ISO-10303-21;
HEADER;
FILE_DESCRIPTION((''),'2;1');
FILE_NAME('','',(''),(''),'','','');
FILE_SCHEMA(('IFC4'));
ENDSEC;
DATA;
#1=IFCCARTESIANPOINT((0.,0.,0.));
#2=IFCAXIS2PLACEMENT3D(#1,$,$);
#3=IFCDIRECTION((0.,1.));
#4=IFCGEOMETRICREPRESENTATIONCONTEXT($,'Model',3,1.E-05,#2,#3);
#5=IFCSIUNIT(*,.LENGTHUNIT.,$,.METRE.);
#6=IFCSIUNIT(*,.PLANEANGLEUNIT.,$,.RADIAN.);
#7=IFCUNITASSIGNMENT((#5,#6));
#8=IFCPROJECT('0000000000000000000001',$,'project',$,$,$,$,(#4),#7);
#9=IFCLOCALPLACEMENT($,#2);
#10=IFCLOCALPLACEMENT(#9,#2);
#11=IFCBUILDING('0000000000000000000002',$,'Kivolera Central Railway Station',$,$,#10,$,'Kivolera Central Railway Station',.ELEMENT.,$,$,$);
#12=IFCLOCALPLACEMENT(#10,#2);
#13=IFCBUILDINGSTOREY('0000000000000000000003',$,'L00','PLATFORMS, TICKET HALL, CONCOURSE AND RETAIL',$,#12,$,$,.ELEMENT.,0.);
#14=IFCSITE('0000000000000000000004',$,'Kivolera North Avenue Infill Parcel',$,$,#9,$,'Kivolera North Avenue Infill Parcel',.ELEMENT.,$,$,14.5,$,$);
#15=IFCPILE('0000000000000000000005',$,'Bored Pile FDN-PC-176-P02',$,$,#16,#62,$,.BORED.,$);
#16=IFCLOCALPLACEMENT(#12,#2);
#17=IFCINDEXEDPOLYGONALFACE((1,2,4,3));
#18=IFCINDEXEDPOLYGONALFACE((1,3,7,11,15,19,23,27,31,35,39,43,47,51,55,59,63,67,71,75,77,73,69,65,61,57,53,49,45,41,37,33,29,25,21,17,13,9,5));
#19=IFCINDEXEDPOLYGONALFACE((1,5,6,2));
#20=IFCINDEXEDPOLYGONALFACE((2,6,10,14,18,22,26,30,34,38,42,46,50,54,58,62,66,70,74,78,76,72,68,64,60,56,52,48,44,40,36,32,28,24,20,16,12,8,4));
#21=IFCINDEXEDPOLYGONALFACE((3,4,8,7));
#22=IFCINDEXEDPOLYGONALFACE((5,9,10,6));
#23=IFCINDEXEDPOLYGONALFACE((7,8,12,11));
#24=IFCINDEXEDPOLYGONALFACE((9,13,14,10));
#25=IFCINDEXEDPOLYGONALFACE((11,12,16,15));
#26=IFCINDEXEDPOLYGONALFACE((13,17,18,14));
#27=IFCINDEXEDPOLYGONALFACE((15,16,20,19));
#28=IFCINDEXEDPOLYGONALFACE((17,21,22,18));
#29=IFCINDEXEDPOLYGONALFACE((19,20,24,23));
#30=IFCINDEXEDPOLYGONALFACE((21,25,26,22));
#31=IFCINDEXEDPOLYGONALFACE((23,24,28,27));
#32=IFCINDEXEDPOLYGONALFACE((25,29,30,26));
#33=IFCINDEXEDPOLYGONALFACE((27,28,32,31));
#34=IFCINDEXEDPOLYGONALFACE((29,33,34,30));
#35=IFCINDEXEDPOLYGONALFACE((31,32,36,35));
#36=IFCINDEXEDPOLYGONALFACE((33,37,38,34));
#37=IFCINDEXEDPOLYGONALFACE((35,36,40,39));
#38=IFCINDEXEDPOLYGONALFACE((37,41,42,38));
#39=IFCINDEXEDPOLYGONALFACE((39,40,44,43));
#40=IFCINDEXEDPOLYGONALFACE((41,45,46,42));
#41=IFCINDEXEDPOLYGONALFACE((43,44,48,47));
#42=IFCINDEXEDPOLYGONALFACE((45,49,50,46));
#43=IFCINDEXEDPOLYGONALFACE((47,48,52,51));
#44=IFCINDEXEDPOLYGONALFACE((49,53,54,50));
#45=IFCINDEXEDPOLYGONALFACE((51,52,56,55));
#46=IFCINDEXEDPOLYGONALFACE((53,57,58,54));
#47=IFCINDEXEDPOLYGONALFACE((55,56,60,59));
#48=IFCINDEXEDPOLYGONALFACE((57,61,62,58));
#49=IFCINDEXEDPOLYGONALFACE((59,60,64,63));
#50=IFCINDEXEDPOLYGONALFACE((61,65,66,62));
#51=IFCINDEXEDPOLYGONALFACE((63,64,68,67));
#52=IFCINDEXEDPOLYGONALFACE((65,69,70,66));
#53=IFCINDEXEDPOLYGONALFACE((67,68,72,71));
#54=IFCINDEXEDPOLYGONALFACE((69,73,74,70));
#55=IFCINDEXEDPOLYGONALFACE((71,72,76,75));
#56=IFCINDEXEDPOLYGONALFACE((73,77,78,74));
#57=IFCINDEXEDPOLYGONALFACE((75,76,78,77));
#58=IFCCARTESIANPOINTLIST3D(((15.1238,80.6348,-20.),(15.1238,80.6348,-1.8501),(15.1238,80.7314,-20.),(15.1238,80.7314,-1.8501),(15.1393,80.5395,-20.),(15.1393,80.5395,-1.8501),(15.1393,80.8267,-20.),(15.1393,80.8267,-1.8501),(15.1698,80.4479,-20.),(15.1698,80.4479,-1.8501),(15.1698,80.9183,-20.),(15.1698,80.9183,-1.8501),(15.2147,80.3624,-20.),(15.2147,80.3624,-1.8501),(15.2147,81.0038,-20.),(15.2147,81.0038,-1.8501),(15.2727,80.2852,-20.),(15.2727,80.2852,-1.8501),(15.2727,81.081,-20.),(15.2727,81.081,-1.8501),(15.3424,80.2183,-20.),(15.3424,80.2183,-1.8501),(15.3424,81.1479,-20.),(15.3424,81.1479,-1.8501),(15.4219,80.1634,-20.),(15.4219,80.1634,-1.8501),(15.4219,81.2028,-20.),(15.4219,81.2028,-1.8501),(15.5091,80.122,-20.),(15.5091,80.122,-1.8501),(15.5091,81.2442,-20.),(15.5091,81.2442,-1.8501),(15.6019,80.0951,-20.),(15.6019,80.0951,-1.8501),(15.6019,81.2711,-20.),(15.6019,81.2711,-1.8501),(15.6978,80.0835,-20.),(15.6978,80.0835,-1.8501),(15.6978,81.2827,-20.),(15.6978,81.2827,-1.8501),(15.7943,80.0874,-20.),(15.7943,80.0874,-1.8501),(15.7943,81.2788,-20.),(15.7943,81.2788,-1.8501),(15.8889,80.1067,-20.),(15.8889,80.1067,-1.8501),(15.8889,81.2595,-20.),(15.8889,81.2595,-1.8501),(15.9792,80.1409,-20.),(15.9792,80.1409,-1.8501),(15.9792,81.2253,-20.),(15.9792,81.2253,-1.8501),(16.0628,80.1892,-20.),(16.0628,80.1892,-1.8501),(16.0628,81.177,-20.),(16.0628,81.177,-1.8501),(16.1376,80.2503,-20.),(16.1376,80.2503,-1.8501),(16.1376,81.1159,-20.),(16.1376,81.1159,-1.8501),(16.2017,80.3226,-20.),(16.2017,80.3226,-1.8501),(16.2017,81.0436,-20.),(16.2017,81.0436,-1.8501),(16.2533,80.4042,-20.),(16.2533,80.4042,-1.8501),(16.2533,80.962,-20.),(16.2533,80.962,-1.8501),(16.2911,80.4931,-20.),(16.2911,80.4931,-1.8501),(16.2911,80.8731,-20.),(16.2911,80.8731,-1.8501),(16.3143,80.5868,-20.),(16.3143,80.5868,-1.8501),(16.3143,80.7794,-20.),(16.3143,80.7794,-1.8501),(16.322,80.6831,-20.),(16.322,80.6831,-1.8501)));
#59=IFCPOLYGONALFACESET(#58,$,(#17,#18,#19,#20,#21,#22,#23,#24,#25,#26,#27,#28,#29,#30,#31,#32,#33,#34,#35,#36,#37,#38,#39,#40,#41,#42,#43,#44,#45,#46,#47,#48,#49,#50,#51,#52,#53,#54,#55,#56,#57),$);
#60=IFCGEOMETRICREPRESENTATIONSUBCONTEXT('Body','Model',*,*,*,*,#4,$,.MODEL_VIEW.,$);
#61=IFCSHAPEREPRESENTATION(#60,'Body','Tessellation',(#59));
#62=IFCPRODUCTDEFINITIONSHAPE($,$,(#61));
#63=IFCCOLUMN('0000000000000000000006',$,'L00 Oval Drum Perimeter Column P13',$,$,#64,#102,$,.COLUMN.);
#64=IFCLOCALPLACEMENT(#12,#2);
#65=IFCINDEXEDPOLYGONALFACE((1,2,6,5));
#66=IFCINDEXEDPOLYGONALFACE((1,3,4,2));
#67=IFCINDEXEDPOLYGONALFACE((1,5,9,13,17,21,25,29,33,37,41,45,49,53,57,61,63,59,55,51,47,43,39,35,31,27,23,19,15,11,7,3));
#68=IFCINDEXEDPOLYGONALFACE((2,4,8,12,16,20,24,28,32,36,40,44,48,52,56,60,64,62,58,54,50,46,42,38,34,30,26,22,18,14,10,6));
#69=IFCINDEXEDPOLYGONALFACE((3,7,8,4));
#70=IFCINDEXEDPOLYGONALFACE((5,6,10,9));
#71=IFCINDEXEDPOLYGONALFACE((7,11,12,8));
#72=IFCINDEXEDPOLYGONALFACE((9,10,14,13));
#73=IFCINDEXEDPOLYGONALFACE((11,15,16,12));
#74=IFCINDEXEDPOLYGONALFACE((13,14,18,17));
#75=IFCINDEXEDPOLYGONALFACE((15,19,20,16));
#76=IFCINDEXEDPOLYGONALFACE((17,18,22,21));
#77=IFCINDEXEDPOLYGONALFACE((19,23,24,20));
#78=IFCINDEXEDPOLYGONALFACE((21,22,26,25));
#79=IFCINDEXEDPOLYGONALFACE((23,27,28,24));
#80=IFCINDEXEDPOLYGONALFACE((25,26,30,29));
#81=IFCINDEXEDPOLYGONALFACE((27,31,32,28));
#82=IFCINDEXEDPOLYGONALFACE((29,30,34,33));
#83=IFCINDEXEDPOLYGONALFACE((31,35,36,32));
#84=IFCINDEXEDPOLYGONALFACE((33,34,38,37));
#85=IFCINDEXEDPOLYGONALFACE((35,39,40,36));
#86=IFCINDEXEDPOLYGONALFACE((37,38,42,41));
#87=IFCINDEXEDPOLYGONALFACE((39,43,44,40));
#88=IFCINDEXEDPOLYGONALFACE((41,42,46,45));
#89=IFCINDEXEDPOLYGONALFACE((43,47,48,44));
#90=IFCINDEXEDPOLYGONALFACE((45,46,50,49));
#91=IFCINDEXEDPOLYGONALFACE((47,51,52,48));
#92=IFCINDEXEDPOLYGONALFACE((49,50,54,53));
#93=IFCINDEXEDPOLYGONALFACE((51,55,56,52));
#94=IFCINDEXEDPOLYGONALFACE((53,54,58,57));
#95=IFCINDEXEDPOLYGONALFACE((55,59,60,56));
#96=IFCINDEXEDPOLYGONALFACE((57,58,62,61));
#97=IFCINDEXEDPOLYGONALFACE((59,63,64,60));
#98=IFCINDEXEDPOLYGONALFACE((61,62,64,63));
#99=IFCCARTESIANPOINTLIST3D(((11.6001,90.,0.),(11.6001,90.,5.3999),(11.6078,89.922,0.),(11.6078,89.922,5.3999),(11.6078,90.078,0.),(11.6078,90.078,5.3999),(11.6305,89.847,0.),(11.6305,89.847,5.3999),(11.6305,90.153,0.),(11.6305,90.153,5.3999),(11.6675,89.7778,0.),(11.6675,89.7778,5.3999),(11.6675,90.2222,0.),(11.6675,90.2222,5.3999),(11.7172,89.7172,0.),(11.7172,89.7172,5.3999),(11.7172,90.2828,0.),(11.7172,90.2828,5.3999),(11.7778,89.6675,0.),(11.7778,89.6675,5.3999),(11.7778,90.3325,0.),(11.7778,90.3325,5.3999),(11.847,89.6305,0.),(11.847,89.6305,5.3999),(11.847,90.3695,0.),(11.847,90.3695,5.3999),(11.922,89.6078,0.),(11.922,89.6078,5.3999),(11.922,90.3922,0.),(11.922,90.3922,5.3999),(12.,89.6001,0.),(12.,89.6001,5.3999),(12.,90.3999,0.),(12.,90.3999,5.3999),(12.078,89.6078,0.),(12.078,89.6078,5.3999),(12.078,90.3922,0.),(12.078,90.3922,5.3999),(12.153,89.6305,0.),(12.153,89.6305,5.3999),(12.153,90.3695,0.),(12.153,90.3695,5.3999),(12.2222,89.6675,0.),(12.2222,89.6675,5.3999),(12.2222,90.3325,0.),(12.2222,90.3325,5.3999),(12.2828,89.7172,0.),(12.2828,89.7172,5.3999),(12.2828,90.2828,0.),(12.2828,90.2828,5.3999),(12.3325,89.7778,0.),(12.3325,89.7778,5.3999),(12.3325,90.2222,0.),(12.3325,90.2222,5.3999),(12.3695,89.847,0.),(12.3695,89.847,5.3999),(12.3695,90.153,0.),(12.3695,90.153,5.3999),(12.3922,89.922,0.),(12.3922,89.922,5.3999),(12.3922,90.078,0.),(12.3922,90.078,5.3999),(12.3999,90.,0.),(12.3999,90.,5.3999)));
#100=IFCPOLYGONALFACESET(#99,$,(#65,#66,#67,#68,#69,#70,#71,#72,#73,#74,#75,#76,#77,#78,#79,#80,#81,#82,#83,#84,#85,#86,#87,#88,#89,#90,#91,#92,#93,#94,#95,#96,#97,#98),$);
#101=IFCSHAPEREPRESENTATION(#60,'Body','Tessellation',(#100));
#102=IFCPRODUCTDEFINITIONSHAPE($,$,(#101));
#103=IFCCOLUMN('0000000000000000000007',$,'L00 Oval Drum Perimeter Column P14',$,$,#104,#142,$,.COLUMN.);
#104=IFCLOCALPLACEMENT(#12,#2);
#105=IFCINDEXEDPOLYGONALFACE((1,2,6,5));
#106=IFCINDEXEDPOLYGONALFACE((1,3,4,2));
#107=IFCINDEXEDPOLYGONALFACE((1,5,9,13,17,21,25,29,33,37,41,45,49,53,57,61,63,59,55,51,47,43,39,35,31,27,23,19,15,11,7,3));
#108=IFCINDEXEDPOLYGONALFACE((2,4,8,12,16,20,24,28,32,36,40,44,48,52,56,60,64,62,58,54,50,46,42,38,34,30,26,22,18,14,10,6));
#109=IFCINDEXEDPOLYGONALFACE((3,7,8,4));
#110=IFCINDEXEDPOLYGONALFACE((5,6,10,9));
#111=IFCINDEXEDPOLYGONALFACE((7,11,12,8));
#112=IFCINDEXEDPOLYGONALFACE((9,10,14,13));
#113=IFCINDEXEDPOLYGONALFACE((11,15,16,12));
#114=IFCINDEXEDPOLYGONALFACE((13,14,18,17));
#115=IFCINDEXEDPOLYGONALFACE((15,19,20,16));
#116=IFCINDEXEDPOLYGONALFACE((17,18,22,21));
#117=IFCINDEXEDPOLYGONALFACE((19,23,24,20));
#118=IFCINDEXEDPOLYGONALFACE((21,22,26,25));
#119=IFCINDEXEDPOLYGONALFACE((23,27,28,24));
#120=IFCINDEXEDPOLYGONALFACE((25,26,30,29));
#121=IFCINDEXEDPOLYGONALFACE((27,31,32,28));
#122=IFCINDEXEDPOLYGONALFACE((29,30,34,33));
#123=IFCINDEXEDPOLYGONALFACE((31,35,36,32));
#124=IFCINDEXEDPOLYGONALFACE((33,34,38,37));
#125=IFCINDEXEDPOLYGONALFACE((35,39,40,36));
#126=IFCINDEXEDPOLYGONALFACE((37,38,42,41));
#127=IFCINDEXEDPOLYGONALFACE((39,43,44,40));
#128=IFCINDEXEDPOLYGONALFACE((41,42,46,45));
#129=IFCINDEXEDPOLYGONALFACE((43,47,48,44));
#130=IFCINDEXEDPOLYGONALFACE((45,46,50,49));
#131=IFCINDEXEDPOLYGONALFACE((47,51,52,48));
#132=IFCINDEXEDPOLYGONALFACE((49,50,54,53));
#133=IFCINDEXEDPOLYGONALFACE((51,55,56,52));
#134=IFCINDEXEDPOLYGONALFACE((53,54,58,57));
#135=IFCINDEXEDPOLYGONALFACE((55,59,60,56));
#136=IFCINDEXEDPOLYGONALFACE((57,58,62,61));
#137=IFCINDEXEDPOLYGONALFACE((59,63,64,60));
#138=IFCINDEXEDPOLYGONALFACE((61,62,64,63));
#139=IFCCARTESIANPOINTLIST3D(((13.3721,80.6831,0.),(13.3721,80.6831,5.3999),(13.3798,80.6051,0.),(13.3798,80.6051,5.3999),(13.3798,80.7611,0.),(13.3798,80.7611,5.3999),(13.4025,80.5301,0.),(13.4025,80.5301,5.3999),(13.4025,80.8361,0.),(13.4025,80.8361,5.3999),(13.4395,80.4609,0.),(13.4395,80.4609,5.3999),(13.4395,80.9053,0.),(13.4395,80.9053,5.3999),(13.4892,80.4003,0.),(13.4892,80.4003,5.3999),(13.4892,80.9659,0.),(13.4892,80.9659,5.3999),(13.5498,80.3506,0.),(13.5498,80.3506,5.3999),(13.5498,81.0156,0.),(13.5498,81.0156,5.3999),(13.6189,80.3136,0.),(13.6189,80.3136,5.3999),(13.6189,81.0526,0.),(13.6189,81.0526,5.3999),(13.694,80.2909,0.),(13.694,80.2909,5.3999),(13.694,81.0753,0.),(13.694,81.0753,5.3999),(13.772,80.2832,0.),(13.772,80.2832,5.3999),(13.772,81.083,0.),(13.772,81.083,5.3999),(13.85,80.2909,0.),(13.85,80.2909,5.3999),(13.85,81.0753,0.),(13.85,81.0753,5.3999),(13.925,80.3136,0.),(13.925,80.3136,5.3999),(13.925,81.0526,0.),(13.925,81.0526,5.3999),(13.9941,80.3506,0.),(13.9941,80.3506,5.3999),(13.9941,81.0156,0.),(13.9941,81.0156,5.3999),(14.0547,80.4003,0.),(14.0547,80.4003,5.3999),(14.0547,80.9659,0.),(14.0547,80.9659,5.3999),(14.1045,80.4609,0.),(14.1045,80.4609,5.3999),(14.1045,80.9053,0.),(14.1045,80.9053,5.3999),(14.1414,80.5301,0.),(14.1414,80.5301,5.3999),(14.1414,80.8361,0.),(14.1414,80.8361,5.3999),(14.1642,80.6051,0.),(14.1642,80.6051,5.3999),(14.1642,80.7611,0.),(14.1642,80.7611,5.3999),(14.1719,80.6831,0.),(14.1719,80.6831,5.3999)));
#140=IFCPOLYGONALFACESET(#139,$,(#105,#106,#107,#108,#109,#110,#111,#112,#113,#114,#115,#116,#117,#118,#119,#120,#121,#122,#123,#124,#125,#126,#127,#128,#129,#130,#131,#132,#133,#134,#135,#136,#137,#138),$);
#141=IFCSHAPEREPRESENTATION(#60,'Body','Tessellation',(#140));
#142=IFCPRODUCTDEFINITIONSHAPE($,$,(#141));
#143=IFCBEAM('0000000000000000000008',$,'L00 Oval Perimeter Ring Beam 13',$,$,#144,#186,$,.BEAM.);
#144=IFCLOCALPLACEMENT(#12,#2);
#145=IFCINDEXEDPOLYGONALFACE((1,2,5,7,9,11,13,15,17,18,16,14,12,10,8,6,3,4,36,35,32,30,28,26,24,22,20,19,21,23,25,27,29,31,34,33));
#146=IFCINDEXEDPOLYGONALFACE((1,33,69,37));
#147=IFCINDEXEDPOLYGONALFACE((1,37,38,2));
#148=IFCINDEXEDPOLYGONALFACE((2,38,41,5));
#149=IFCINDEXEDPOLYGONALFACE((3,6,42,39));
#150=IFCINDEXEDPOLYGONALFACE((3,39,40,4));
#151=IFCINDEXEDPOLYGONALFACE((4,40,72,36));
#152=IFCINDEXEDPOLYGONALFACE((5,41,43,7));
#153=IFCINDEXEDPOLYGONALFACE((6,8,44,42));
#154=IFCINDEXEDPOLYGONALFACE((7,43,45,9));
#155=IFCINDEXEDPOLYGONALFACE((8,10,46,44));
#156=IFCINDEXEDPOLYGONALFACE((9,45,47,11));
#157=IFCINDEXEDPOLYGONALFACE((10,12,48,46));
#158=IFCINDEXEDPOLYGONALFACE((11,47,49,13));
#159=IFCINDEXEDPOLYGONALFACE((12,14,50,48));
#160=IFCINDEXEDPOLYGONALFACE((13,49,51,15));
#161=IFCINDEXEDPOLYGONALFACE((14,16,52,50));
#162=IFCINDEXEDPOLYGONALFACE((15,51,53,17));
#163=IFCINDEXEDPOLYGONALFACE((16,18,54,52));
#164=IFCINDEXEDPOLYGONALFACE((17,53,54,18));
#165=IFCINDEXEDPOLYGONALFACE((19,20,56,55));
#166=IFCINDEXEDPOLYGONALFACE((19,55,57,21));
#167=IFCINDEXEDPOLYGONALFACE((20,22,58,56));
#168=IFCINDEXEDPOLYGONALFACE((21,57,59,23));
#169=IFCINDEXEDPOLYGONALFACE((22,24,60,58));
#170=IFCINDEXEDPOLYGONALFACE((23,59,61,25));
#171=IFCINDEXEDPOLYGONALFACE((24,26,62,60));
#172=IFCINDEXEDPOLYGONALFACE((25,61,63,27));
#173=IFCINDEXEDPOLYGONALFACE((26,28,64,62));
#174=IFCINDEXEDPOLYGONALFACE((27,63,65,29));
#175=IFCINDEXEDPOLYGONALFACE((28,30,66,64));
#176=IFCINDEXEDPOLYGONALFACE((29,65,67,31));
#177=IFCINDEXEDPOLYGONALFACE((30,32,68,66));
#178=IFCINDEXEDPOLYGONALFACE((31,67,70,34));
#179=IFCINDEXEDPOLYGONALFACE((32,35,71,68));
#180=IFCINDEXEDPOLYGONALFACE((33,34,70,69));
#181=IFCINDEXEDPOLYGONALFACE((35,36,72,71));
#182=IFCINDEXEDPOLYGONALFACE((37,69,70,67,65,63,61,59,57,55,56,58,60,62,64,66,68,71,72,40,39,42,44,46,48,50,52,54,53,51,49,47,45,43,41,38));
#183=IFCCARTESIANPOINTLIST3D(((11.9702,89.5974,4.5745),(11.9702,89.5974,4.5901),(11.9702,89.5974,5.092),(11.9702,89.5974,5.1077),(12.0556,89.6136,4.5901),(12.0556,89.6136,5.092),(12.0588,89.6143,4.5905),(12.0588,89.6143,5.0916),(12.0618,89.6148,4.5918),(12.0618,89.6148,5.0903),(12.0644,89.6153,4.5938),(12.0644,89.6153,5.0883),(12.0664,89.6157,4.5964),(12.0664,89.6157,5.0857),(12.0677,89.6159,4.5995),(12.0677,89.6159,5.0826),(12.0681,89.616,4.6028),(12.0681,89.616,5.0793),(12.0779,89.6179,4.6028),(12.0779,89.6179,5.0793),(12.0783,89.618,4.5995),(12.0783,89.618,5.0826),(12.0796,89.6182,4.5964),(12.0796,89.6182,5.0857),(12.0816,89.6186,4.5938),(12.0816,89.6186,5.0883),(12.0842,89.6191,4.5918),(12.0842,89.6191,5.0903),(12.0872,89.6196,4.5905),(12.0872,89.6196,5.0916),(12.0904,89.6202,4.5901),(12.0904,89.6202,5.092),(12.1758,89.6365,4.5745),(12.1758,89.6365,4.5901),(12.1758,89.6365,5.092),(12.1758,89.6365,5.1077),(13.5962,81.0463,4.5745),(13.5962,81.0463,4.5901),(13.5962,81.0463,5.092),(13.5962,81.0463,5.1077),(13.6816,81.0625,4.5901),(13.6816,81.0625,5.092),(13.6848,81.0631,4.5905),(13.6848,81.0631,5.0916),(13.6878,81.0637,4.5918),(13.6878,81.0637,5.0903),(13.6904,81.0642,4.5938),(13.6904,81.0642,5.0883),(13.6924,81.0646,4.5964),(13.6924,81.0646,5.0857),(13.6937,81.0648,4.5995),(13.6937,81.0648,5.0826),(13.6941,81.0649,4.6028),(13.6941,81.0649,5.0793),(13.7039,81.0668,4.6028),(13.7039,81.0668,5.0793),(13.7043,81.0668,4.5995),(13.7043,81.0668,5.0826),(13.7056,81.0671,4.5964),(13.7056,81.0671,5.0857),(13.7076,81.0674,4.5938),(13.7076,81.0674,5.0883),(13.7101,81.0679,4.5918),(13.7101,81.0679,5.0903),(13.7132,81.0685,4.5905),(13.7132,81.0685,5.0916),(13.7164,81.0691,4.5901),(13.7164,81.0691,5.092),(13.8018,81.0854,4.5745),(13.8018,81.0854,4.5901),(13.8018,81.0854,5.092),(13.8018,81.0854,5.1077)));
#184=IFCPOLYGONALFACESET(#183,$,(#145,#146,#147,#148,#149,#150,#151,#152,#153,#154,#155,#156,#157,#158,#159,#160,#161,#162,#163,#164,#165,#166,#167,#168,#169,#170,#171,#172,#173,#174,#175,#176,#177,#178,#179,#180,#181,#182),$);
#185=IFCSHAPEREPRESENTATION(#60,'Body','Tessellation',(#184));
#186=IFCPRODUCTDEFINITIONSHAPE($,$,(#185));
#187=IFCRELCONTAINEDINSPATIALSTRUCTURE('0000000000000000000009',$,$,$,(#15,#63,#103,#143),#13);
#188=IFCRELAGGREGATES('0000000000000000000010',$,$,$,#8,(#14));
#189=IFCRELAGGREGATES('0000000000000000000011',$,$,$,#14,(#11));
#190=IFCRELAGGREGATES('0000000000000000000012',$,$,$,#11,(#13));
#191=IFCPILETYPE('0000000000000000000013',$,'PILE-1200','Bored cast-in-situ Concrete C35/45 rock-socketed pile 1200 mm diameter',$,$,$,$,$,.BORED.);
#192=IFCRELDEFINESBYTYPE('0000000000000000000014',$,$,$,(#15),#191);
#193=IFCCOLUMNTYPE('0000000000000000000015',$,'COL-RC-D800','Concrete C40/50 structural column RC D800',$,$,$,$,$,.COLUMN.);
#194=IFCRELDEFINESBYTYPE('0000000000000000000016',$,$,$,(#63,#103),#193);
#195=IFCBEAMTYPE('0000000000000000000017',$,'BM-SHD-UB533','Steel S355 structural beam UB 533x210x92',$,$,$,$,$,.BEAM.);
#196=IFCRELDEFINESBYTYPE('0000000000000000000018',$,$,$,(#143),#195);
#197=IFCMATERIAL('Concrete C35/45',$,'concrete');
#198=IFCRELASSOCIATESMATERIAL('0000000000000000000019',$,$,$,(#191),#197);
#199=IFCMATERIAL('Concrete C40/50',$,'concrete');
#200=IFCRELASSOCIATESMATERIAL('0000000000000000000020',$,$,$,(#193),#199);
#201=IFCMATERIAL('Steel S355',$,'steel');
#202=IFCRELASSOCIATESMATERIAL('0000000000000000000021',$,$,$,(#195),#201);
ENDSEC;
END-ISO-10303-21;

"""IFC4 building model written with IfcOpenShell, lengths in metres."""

from ifc_helpers import new_model, si_unit, direction, frame, origin, origin_2d, place, context, subcontext, project, spatial, circle, i_section, extrude, material, material_profile, profile_set, type_object, element, save


model = new_model("IFC4")

# Units and contexts
model_context = context("Model", 3, precision=1e-05, world=origin(), true_north=direction((0.0, 1.0)))
body_context = subcontext(model_context, "Body", "Model", "MODEL_VIEW")
ifc_project = project(units=[si_unit("LENGTHUNIT", "METRE"), si_unit("PLANEANGLEUNIT", "RADIAN")], contexts=[model_context])

# Site, building, storey
site_placement = place(None, origin())
site = spatial("IfcSite", under=ifc_project, at=site_placement, Name="Kivolera North Avenue Infill Parcel", LongName="Kivolera North Avenue Infill Parcel", CompositionType="ELEMENT", RefElevation=14.5)
building_placement = place(site_placement, origin())
building = spatial("IfcBuilding", under=site, at=building_placement, Name="Kivolera Central Railway Station", LongName="Kivolera Central Railway Station", CompositionType="ELEMENT")
storey_placement = place(building_placement, origin())
storey = spatial("IfcBuildingStorey", under=building, at=storey_placement, Name="L00", Description="PLATFORMS, TICKET HALL, CONCOURSE AND RETAIL", CompositionType="ELEMENT", Elevation=0.0)

# Shared definitions
ifc_material_1 = material(Name="Concrete C35/45", Category="concrete")

# Pile
ifc_material_profile_1 = material_profile(ifc_material_1, circle(Radius=0.6001, at=origin_2d()), Name="PILE D1200")
ifc_profile_set_1 = profile_set([ifc_material_profile_1], Name="Concrete C35/45")
pile_type = type_object("IfcPileType", Name="PILE-1200", Description="Bored cast-in-situ Concrete C35/45 rock-socketed pile 1200 mm diameter", PredefinedType="BORED", material=ifc_profile_set_1)
for number, where, z_axis, x_axis, name in (
    (1, (15.7219, 80.6831, -1.8501), (0.0, 0.0, -1.0), (1.0, 0.0, 0.0), "Bored Pile FDN-PC-176-P02"),
):
    element("IfcPile", number, at=place(storey_placement, frame(where, z_axis=z_axis, x_axis=x_axis)), inside=storey, type_object=pile_type, Name=name, PredefinedType="BORED", context=body_context, shape_type="SweptSolid", body=[
        extrude(circle(Radius=0.6001, at=origin_2d()), origin(), (0.0, 0.0, 1.0), 18.1499),
    ])

# Columns
ifc_material_2 = material(Name="Concrete C40/50", Category="concrete")
ifc_material_profile_2 = material_profile(ifc_material_2, circle(Radius=0.3999, at=origin_2d()), Name="RC D800")
ifc_profile_set_2 = profile_set([ifc_material_profile_2], Name="Concrete C40/50")
column_type = type_object("IfcColumnType", Name="COL-RC-D800", Description="Concrete C40/50 structural column RC D800", PredefinedType="COLUMN", material=ifc_profile_set_2)
for number, where, z_axis, x_axis, name in (
    (2, (12.0, 90.0, 0.0), (0.0, 0.0, 1.0), (1.0, 0.0, 0.0), "L00 Oval Drum Perimeter Column P13"),
    (3, (13.772, 80.6831, 0.0), (0.0, 0.0, 1.0), (1.0, 0.0, 0.0), "L00 Oval Drum Perimeter Column P14"),
):
    element("IfcColumn", number, at=place(storey_placement, frame(where, z_axis=z_axis, x_axis=x_axis)), inside=storey, type_object=column_type, Name=name, PredefinedType="COLUMN", context=body_context, shape_type="SweptSolid", body=[
        extrude(circle(Radius=0.3999, at=origin_2d()), origin(), (0.0, 0.0, 1.0), 5.3999),
    ])

# Beam
ifc_material_3 = material(Name="Steel S355", Category="steel")
ifc_material_profile_3 = material_profile(ifc_material_3, i_section(OverallWidth=0.2092, OverallDepth=0.5332, WebThickness=0.01, FlangeThickness=0.0156, FilletRadius=0.0127, at=origin_2d()), Name="UB 533x210x92")
ifc_profile_set_3 = profile_set([ifc_material_profile_3], Name="Steel S355")
beam_type = type_object("IfcBeamType", Name="BM-SHD-UB533", Description="Steel S355 structural beam UB 533x210x92", PredefinedType="BEAM", material=ifc_profile_set_3)
beam_1_placement = place(storey_placement, frame((12.073, 89.6169, 4.8411), z_axis=(0.186803, -0.982397, 0.0), x_axis=(0.982397, 0.186803, 0.0)))
element("IfcBeam", 4, at=beam_1_placement, inside=storey, type_object=beam_type, Name="L00 Oval Perimeter Ring Beam 13", PredefinedType="BEAM", context=body_context, shape_type="SweptSolid", body=[
    extrude(i_section(OverallWidth=0.2092, OverallDepth=0.5332, WebThickness=0.01, FlangeThickness=0.0156, FilletRadius=0.0127, at=origin_2d()), origin(), (0.0, 0.0, 1.0), 8.7043),
])

save(model, "model.ifc")
